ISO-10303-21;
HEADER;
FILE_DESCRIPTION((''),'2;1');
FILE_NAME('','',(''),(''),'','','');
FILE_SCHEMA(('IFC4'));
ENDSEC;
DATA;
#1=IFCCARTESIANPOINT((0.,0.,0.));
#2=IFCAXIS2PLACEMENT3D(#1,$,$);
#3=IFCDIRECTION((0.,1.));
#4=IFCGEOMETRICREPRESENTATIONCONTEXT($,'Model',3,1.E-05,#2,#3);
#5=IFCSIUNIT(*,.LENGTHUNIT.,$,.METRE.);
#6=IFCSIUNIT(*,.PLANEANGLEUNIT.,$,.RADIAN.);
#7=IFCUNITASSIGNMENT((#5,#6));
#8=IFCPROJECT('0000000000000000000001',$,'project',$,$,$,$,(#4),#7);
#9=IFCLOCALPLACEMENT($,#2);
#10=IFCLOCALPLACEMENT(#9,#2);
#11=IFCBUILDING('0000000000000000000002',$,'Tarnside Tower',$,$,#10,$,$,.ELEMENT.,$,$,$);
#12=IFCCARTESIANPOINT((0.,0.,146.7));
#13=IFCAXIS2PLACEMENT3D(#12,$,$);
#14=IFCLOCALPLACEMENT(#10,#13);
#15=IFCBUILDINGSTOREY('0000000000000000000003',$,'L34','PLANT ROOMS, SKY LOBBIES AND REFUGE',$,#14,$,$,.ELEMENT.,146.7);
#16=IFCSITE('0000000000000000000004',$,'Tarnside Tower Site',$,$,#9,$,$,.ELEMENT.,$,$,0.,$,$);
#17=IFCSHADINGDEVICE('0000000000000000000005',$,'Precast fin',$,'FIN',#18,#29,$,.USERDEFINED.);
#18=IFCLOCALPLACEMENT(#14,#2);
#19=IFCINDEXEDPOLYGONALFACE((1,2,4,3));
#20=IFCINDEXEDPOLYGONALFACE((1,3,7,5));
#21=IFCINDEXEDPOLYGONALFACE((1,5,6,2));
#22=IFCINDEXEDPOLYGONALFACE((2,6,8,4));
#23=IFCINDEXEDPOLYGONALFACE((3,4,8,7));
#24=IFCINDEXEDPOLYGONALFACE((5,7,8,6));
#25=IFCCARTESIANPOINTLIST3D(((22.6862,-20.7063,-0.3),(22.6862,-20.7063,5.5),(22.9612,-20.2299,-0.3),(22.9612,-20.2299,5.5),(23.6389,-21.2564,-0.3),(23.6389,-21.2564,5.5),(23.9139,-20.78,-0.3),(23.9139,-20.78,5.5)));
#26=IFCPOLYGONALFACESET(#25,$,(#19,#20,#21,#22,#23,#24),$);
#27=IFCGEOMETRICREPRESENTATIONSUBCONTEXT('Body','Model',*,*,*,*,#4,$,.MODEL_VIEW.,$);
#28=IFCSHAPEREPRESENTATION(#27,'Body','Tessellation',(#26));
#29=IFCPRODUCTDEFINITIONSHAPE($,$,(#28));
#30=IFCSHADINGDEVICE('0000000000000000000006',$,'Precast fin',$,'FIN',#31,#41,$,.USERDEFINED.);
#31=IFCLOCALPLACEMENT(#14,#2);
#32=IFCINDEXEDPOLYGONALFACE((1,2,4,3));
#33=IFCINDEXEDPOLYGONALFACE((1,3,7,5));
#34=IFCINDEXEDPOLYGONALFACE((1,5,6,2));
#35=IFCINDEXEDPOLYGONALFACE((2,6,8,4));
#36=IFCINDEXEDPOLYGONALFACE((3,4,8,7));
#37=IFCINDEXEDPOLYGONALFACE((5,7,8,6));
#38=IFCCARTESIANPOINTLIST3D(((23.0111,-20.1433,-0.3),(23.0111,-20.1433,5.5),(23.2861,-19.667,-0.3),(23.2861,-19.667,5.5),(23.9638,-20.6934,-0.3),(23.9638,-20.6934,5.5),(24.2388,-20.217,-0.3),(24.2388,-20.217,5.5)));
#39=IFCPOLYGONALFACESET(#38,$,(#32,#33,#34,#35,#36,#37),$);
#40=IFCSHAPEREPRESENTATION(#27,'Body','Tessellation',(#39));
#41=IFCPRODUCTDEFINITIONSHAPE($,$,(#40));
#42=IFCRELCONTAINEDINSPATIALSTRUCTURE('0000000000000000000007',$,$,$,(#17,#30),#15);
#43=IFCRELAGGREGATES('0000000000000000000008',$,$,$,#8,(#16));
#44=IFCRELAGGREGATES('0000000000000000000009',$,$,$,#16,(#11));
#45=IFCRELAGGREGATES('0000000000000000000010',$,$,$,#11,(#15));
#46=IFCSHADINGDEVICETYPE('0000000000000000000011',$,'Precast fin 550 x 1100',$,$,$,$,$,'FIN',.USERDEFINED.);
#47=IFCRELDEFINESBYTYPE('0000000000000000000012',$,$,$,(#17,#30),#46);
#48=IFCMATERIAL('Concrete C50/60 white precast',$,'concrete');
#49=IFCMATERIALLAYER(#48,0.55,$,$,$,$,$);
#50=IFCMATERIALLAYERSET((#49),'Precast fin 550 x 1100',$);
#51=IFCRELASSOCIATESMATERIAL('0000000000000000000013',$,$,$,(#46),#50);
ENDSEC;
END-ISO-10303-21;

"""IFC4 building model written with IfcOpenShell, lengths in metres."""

from ifc_helpers import new_model, si_unit, direction, frame, origin, place, context, subcontext, project, spatial, polyline, outline, extrude, material, layer, layer_set, type_object, element, save


model = new_model("IFC4")

# Units and contexts
model_context = context("Model", 3, precision=1e-05, world=origin(), true_north=direction((0.0, 1.0)))
body_context = subcontext(model_context, "Body", "Model", "MODEL_VIEW")
ifc_project = project(units=[si_unit("LENGTHUNIT", "METRE"), si_unit("PLANEANGLEUNIT", "RADIAN")], contexts=[model_context])

# Site, building, storey
site_placement = place(None, origin())
site = spatial("IfcSite", under=ifc_project, at=site_placement, Name="Tarnside Tower Site", CompositionType="ELEMENT", RefElevation=0.0)
building_placement = place(site_placement, origin())
building = spatial("IfcBuilding", under=site, at=building_placement, Name="Tarnside Tower", CompositionType="ELEMENT")
storey_placement = place(building_placement, frame((0.0, 0.0, 146.7)))
storey = spatial("IfcBuildingStorey", under=building, at=storey_placement, Name="L34", Description="PLANT ROOMS, SKY LOBBIES AND REFUGE", CompositionType="ELEMENT", Elevation=146.7)

# Shading devices
ifc_material_1 = material(Name="Concrete C50/60 white precast", Category="concrete")
ifc_layer_1 = layer(ifc_material_1, 0.55)
ifc_layer_set_1 = layer_set([ifc_layer_1], Name="Precast fin 550 x 1100")
shading_device_type = type_object("IfcShadingDeviceType", Name="Precast fin 550 x 1100", ElementType="FIN", PredefinedType="USERDEFINED", material=ifc_layer_set_1)
for number, where, z_axis, x_axis, name in (
    (1, (22.8237, -20.468, -0.3), (-0.5, -0.866025, 0.0), (0.866025, -0.5, 0.0), "Precast fin"),
    (2, (23.1487, -19.905, -0.3), (-0.5, -0.866025, 0.0), (0.866025, -0.5, 0.0), "Precast fin"),
):
    element("IfcShadingDevice", number, at=place(storey_placement, frame(where, z_axis=z_axis, x_axis=x_axis)), inside=storey, type_object=shading_device_type, Name=name, ObjectType="FIN", PredefinedType="USERDEFINED", context=body_context, shape_type="SweptSolid", body=[
        extrude(outline(polyline([(0.0, 0.0), (1.1001, 0.0), (1.1001, 5.8), (0.0, 5.8), (0.0, 0.0)])), frame((0.0, 0.0, -0.2749)), (0.0, 0.0, 1.0), 0.55),
    ])

save(model, "model.ifc")
